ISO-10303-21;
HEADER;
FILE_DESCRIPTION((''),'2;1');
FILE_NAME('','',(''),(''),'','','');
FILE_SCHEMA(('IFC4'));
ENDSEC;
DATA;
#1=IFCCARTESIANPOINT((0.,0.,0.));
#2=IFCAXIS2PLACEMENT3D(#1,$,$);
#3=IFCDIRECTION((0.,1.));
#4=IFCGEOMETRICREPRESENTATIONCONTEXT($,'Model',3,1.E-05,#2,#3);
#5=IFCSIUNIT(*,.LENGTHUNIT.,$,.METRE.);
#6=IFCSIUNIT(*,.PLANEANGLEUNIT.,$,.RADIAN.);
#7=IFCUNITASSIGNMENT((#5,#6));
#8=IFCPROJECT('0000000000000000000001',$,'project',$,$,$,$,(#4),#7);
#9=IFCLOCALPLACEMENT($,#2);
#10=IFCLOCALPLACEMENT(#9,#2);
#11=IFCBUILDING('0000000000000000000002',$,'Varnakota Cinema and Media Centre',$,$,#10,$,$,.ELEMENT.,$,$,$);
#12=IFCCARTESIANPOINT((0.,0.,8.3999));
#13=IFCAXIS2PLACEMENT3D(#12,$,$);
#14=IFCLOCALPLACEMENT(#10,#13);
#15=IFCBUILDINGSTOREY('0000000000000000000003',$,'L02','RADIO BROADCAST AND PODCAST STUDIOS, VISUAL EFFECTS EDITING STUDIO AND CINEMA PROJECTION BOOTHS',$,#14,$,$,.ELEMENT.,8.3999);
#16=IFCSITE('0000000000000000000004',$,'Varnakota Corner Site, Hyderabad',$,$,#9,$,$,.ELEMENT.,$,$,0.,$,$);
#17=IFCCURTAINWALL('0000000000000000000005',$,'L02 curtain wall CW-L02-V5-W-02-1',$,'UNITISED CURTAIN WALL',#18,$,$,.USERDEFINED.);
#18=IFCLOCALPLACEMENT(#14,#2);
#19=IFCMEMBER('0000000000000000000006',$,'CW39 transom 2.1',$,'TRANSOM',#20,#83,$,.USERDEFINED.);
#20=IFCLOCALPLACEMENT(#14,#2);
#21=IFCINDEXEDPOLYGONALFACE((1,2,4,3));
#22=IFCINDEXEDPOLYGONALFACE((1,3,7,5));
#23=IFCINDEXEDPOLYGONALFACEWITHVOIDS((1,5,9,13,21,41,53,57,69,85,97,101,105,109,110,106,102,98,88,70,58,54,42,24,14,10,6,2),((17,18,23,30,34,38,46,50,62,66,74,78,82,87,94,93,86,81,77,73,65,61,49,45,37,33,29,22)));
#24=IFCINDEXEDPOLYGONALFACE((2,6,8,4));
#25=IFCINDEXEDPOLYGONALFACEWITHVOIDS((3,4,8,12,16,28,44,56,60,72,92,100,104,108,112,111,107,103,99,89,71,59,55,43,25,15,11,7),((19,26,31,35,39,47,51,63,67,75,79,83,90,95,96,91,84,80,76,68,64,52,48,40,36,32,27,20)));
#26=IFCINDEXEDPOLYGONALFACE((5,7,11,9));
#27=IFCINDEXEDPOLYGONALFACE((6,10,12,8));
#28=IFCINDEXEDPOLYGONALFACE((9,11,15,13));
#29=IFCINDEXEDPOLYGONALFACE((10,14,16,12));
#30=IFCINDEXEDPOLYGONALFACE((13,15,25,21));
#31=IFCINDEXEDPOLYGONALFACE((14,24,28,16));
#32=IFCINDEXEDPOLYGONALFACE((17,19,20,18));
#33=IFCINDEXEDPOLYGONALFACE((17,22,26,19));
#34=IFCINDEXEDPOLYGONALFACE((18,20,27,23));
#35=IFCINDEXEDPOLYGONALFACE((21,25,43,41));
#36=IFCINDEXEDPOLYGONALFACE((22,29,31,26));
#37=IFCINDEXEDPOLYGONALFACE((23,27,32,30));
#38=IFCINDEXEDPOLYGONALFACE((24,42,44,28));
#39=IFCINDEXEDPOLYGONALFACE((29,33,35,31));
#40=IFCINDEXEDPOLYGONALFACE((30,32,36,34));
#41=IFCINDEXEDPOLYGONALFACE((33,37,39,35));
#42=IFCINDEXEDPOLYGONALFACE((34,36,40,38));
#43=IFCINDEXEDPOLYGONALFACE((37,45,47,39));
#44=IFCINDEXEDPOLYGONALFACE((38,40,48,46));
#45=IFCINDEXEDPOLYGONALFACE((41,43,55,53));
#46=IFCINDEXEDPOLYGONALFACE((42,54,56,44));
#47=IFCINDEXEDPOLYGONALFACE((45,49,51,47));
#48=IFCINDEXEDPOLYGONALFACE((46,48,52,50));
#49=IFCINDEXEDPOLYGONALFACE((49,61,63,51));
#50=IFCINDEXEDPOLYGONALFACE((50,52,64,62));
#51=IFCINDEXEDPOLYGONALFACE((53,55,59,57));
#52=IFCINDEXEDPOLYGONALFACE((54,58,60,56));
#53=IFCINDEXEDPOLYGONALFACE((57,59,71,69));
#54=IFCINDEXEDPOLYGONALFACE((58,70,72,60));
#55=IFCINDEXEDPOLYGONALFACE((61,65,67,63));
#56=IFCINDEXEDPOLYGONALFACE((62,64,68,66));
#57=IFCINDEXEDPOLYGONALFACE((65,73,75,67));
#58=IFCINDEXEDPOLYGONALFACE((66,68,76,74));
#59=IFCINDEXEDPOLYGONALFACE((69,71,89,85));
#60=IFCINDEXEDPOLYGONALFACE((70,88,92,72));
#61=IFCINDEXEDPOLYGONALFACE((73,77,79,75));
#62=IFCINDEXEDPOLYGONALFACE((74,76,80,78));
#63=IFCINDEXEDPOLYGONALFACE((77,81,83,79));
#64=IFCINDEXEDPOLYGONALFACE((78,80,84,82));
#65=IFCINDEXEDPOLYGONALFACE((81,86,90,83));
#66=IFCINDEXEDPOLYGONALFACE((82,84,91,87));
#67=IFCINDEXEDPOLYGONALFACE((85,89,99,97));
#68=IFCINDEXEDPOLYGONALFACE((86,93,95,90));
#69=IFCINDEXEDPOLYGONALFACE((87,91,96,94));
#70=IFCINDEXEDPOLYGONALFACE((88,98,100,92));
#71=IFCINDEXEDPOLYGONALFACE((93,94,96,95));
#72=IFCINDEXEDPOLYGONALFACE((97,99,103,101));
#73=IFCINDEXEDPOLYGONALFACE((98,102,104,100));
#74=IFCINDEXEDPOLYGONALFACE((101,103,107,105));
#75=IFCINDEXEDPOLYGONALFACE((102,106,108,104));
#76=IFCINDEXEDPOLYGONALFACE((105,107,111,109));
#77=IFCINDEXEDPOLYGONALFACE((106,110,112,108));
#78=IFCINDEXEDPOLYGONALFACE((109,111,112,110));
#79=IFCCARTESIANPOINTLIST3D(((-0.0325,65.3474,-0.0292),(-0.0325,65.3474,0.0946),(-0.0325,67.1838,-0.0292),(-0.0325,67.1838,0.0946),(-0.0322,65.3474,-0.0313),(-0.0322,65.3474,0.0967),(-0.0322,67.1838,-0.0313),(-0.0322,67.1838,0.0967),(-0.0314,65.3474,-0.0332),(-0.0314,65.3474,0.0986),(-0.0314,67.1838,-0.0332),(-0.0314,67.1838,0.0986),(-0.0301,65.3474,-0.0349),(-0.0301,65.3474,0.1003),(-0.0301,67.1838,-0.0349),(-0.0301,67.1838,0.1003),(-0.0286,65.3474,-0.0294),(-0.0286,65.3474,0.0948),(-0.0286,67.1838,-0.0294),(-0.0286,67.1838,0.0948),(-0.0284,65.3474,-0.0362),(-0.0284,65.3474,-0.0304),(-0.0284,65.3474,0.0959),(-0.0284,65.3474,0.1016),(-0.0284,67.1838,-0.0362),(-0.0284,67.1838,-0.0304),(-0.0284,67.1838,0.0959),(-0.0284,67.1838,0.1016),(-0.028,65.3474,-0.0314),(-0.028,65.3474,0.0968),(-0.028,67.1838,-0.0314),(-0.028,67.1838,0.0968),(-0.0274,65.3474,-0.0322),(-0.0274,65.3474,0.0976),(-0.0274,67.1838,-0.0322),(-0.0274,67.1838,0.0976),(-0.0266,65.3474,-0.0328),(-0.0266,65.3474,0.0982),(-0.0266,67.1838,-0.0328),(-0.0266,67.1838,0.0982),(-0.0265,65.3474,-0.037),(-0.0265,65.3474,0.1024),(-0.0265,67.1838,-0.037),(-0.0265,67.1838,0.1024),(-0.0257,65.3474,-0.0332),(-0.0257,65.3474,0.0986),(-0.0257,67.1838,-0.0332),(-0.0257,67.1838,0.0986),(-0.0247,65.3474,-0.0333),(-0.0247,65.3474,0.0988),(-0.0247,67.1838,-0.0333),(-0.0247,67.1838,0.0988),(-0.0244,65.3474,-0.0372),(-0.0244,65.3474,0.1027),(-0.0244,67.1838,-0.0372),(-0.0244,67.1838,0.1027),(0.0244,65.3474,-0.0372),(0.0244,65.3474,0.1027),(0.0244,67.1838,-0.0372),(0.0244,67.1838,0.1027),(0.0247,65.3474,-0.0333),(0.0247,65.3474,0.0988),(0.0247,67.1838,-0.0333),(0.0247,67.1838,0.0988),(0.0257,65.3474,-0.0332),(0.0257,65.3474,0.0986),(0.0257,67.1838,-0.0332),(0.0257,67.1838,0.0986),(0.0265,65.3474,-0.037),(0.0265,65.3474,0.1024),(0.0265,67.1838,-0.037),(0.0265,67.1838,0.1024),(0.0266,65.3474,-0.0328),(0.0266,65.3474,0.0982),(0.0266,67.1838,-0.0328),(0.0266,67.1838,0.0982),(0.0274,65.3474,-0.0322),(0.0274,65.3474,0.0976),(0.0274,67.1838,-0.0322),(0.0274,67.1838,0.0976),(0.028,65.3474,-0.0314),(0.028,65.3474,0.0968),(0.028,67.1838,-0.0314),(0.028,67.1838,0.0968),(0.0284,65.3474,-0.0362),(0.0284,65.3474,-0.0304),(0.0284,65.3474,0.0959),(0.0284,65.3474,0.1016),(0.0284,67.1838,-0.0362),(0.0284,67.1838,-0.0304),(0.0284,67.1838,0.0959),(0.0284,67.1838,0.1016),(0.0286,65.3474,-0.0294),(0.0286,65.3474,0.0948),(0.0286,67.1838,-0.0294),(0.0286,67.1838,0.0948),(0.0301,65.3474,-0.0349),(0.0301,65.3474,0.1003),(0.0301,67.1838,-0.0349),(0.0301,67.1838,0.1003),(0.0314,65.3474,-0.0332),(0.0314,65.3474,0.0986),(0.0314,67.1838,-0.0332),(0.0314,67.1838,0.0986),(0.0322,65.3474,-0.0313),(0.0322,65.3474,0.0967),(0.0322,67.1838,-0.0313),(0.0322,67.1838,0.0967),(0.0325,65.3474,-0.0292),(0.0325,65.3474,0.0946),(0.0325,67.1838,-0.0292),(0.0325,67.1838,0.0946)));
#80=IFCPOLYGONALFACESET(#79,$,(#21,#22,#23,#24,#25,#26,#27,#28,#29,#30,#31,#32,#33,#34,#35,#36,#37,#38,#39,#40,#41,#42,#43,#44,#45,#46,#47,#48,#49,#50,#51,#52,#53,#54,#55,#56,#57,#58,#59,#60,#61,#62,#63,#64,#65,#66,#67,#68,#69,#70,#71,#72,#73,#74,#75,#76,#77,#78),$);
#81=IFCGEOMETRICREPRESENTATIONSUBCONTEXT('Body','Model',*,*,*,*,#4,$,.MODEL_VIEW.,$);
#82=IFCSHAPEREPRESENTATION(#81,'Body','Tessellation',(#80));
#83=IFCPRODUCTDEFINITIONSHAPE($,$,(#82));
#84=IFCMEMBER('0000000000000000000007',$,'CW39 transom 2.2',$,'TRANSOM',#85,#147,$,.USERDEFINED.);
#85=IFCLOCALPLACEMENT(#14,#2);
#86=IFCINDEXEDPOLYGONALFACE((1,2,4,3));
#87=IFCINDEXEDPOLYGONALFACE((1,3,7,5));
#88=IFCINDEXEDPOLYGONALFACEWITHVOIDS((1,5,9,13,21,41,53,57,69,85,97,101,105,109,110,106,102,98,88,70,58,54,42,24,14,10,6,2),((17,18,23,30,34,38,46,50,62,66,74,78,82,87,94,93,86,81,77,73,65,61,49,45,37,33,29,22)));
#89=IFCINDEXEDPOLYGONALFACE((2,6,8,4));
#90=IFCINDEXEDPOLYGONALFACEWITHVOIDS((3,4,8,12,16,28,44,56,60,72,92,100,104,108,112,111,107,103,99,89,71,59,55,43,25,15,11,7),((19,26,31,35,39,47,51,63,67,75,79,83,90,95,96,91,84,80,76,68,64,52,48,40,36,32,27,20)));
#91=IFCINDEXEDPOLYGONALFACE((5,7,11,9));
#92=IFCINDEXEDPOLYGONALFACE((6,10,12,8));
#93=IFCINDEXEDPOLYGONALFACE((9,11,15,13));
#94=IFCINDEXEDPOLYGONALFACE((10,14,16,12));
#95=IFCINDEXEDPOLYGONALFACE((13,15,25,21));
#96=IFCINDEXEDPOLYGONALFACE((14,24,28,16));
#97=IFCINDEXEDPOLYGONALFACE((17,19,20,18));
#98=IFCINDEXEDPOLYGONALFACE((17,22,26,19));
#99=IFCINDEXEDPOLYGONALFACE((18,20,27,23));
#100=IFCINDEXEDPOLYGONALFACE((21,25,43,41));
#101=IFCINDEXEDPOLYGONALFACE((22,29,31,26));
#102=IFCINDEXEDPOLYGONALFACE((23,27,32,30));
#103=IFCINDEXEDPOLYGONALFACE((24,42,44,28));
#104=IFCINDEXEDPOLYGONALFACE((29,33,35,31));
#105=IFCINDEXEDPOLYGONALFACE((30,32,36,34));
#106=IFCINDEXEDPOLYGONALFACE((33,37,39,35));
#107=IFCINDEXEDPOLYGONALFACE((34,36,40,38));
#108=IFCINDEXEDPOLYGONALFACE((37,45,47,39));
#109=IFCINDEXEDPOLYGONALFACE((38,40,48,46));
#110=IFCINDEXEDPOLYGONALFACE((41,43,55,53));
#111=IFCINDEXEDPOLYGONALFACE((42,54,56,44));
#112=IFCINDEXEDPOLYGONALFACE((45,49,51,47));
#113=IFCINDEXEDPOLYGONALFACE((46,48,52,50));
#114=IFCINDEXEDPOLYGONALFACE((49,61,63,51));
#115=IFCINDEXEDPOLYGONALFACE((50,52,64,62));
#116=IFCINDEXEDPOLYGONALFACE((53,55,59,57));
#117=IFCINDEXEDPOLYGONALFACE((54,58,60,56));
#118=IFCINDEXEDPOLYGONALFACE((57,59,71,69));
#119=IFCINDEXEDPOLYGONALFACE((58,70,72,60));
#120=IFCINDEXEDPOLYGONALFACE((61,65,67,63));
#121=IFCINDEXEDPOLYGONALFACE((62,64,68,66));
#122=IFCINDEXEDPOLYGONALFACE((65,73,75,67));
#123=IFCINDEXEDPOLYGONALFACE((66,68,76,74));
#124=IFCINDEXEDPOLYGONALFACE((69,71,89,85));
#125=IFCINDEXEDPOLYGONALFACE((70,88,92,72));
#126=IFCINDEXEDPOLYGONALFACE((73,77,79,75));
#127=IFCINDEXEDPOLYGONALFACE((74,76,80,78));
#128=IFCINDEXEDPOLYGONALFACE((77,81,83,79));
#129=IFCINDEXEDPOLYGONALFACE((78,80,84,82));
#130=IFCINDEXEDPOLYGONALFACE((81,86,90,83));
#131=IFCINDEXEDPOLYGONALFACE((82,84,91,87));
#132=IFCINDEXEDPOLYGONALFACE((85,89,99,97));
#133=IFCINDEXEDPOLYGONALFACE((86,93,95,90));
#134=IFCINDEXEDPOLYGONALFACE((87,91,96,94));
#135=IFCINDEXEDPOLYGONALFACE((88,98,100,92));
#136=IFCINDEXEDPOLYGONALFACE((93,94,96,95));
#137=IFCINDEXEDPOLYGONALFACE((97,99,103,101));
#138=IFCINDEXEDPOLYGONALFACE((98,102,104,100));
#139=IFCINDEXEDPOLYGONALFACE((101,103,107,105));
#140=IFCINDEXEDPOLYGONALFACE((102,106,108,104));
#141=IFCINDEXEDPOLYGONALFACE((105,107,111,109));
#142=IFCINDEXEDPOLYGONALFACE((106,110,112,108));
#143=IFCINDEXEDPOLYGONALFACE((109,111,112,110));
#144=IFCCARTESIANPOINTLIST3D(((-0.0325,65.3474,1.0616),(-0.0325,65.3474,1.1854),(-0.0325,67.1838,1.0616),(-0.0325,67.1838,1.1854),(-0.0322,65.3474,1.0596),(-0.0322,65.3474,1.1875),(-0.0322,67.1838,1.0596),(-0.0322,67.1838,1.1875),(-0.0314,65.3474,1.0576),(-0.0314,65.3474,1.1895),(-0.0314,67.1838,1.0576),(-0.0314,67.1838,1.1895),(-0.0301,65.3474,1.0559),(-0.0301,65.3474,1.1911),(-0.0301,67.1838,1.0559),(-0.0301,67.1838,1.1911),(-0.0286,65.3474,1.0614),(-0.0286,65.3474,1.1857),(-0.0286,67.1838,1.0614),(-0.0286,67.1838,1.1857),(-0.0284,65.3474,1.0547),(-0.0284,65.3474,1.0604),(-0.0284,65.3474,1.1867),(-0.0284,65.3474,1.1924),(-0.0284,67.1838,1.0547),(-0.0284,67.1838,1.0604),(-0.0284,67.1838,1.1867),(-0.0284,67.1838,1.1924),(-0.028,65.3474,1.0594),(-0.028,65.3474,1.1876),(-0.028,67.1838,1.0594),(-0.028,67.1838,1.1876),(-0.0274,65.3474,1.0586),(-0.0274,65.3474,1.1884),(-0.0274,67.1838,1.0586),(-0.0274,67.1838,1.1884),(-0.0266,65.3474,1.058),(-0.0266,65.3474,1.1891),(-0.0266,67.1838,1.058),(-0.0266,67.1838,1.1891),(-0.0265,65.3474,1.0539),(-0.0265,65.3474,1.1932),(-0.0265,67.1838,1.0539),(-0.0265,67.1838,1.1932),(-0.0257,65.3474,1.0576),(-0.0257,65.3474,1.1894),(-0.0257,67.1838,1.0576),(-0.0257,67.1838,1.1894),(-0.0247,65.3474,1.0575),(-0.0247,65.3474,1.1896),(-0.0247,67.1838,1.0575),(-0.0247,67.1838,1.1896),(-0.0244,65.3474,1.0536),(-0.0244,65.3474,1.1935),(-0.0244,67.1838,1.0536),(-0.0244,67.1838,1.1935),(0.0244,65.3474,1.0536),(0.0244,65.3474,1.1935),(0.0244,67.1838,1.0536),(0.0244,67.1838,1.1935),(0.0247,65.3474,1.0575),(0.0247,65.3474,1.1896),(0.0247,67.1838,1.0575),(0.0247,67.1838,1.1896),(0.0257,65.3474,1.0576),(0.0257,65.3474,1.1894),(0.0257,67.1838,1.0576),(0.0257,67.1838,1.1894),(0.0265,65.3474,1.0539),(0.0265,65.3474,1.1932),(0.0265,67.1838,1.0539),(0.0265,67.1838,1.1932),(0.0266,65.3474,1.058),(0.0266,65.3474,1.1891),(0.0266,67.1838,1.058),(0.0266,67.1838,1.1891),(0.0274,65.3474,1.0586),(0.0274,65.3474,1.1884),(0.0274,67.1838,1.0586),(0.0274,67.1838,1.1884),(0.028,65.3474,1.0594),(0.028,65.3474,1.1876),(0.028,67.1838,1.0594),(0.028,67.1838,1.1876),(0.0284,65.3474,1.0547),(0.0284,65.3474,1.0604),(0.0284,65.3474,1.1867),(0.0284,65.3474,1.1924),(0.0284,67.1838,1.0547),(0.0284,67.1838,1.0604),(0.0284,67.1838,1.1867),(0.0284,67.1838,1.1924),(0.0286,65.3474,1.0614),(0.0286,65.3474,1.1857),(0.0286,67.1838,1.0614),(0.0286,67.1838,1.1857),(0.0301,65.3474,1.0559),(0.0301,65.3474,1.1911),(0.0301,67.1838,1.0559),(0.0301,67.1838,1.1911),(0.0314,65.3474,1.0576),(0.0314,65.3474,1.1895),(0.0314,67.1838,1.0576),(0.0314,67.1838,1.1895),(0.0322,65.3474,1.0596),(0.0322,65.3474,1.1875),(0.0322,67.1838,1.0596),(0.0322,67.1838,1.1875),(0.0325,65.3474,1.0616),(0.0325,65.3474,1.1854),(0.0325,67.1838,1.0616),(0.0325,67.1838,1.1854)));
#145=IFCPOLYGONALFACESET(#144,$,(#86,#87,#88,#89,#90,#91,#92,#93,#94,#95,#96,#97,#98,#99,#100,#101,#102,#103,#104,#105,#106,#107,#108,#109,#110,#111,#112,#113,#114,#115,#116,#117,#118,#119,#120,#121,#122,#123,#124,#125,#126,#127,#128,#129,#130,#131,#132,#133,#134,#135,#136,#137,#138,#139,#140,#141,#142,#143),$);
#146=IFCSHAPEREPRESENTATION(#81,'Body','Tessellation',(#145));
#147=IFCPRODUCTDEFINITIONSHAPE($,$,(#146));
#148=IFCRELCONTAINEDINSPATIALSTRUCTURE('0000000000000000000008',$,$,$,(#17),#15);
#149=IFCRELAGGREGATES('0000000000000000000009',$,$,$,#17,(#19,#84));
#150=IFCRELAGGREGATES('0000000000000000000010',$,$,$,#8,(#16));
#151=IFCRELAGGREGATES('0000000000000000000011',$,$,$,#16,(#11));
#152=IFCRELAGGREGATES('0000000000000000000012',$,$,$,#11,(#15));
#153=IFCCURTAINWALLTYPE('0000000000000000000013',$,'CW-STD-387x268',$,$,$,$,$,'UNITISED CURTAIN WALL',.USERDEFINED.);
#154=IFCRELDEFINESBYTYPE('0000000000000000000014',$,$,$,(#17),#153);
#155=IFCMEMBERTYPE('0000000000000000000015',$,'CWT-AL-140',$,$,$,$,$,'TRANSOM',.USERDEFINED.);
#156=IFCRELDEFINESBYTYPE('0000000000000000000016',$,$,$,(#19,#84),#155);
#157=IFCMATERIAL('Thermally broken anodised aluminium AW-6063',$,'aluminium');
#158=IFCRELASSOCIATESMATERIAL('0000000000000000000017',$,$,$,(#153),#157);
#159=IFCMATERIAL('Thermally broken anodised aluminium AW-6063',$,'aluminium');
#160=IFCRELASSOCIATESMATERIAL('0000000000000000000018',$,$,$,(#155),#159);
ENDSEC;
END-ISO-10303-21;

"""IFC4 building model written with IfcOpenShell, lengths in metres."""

from ifc_helpers import new_model, si_unit, direction, frame, origin, origin_2d, place, context, subcontext, project, spatial, hollow_rectangle, extrude, material, material_profile, profile_set, type_object, element, aggregate, save


model = new_model("IFC4")

# Units and contexts
model_context = context("Model", 3, precision=1e-05, world=origin(), true_north=direction((0.0, 1.0)))
body_context = subcontext(model_context, "Body", "Model", "MODEL_VIEW")
ifc_project = project(units=[si_unit("LENGTHUNIT", "METRE"), si_unit("PLANEANGLEUNIT", "RADIAN")], contexts=[model_context])

# Site, building, storey
site_placement = place(None, origin())
site = spatial("IfcSite", under=ifc_project, at=site_placement, Name="Varnakota Corner Site, Hyderabad", CompositionType="ELEMENT", RefElevation=0.0)
building_placement = place(site_placement, origin())
building = spatial("IfcBuilding", under=site, at=building_placement, Name="Varnakota Cinema and Media Centre", CompositionType="ELEMENT")
storey_placement = place(building_placement, frame((0.0, 0.0, 8.3999)))
storey = spatial("IfcBuildingStorey", under=building, at=storey_placement, Name="L02", Description="RADIO BROADCAST AND PODCAST STUDIOS, VISUAL EFFECTS EDITING STUDIO AND CINEMA PROJECTION BOOTHS", CompositionType="ELEMENT", Elevation=8.3999)

# Curtain wall, members
ifc_material_1 = material(Name="Thermally broken anodised aluminium AW-6063", Category="aluminium")
curtain_wall_type = type_object("IfcCurtainWallType", Name="CW-STD-387x268", ElementType="UNITISED CURTAIN WALL", PredefinedType="USERDEFINED", material=ifc_material_1)
curtain_wall_placement = place(storey_placement, origin())
curtain_wall = element("IfcCurtainWall", 1, at=curtain_wall_placement, inside=storey, type_object=curtain_wall_type, Name="L02 curtain wall CW-L02-V5-W-02-1", ObjectType="UNITISED CURTAIN WALL", PredefinedType="USERDEFINED")
ifc_material_2 = material(Name="Thermally broken anodised aluminium AW-6063", Category="aluminium")
ifc_material_profile_1 = material_profile(ifc_material_2, hollow_rectangle(XDim=0.0649, YDim=0.1399, WallThickness=0.0039, InnerFilletRadius=0.0039, OuterFilletRadius=0.0081, at=origin_2d()), Name="AL-TRANSOM 140x65x4")
ifc_profile_set_1 = profile_set([ifc_material_profile_1], Name="Thermally broken anodised aluminium AW-6063")
member_type_1 = type_object("IfcMemberType", Name="CWT-AL-140", ElementType="TRANSOM", PredefinedType="USERDEFINED", material=ifc_profile_set_1)
member_1_placement = place(storey_placement, frame((0.0, 67.1838, 0.0327), z_axis=(0.0, -1.0, 0.0), x_axis=(1.0, 0.0, 0.0)))
member_1 = element("IfcMember", 2, at=member_1_placement, type_object=member_type_1, Name="CW39 transom 2.1", ObjectType="TRANSOM", PredefinedType="USERDEFINED", context=body_context, shape_type="SweptSolid", body=[
    extrude(hollow_rectangle(XDim=0.0649, YDim=0.1399, WallThickness=0.0039, InnerFilletRadius=0.0039, OuterFilletRadius=0.0081, at=origin_2d()), origin(), (0.0, 0.0, 1.0), 1.8364),
])
member_2_placement = place(storey_placement, frame((0.0, 67.1838, 1.1235), z_axis=(0.0, -1.0, 0.0), x_axis=(1.0, 0.0, 0.0)))
member_2 = element("IfcMember", 3, at=member_2_placement, type_object=member_type_1, Name="CW39 transom 2.2", ObjectType="TRANSOM", PredefinedType="USERDEFINED", context=body_context, shape_type="SweptSolid", body=[
    extrude(hollow_rectangle(XDim=0.0649, YDim=0.1399, WallThickness=0.0039, InnerFilletRadius=0.0039, OuterFilletRadius=0.0081, at=origin_2d()), origin(), (0.0, 0.0, 1.0), 1.8364),
])
aggregate(curtain_wall, [member_1, member_2])

save(model, "model.ifc")
